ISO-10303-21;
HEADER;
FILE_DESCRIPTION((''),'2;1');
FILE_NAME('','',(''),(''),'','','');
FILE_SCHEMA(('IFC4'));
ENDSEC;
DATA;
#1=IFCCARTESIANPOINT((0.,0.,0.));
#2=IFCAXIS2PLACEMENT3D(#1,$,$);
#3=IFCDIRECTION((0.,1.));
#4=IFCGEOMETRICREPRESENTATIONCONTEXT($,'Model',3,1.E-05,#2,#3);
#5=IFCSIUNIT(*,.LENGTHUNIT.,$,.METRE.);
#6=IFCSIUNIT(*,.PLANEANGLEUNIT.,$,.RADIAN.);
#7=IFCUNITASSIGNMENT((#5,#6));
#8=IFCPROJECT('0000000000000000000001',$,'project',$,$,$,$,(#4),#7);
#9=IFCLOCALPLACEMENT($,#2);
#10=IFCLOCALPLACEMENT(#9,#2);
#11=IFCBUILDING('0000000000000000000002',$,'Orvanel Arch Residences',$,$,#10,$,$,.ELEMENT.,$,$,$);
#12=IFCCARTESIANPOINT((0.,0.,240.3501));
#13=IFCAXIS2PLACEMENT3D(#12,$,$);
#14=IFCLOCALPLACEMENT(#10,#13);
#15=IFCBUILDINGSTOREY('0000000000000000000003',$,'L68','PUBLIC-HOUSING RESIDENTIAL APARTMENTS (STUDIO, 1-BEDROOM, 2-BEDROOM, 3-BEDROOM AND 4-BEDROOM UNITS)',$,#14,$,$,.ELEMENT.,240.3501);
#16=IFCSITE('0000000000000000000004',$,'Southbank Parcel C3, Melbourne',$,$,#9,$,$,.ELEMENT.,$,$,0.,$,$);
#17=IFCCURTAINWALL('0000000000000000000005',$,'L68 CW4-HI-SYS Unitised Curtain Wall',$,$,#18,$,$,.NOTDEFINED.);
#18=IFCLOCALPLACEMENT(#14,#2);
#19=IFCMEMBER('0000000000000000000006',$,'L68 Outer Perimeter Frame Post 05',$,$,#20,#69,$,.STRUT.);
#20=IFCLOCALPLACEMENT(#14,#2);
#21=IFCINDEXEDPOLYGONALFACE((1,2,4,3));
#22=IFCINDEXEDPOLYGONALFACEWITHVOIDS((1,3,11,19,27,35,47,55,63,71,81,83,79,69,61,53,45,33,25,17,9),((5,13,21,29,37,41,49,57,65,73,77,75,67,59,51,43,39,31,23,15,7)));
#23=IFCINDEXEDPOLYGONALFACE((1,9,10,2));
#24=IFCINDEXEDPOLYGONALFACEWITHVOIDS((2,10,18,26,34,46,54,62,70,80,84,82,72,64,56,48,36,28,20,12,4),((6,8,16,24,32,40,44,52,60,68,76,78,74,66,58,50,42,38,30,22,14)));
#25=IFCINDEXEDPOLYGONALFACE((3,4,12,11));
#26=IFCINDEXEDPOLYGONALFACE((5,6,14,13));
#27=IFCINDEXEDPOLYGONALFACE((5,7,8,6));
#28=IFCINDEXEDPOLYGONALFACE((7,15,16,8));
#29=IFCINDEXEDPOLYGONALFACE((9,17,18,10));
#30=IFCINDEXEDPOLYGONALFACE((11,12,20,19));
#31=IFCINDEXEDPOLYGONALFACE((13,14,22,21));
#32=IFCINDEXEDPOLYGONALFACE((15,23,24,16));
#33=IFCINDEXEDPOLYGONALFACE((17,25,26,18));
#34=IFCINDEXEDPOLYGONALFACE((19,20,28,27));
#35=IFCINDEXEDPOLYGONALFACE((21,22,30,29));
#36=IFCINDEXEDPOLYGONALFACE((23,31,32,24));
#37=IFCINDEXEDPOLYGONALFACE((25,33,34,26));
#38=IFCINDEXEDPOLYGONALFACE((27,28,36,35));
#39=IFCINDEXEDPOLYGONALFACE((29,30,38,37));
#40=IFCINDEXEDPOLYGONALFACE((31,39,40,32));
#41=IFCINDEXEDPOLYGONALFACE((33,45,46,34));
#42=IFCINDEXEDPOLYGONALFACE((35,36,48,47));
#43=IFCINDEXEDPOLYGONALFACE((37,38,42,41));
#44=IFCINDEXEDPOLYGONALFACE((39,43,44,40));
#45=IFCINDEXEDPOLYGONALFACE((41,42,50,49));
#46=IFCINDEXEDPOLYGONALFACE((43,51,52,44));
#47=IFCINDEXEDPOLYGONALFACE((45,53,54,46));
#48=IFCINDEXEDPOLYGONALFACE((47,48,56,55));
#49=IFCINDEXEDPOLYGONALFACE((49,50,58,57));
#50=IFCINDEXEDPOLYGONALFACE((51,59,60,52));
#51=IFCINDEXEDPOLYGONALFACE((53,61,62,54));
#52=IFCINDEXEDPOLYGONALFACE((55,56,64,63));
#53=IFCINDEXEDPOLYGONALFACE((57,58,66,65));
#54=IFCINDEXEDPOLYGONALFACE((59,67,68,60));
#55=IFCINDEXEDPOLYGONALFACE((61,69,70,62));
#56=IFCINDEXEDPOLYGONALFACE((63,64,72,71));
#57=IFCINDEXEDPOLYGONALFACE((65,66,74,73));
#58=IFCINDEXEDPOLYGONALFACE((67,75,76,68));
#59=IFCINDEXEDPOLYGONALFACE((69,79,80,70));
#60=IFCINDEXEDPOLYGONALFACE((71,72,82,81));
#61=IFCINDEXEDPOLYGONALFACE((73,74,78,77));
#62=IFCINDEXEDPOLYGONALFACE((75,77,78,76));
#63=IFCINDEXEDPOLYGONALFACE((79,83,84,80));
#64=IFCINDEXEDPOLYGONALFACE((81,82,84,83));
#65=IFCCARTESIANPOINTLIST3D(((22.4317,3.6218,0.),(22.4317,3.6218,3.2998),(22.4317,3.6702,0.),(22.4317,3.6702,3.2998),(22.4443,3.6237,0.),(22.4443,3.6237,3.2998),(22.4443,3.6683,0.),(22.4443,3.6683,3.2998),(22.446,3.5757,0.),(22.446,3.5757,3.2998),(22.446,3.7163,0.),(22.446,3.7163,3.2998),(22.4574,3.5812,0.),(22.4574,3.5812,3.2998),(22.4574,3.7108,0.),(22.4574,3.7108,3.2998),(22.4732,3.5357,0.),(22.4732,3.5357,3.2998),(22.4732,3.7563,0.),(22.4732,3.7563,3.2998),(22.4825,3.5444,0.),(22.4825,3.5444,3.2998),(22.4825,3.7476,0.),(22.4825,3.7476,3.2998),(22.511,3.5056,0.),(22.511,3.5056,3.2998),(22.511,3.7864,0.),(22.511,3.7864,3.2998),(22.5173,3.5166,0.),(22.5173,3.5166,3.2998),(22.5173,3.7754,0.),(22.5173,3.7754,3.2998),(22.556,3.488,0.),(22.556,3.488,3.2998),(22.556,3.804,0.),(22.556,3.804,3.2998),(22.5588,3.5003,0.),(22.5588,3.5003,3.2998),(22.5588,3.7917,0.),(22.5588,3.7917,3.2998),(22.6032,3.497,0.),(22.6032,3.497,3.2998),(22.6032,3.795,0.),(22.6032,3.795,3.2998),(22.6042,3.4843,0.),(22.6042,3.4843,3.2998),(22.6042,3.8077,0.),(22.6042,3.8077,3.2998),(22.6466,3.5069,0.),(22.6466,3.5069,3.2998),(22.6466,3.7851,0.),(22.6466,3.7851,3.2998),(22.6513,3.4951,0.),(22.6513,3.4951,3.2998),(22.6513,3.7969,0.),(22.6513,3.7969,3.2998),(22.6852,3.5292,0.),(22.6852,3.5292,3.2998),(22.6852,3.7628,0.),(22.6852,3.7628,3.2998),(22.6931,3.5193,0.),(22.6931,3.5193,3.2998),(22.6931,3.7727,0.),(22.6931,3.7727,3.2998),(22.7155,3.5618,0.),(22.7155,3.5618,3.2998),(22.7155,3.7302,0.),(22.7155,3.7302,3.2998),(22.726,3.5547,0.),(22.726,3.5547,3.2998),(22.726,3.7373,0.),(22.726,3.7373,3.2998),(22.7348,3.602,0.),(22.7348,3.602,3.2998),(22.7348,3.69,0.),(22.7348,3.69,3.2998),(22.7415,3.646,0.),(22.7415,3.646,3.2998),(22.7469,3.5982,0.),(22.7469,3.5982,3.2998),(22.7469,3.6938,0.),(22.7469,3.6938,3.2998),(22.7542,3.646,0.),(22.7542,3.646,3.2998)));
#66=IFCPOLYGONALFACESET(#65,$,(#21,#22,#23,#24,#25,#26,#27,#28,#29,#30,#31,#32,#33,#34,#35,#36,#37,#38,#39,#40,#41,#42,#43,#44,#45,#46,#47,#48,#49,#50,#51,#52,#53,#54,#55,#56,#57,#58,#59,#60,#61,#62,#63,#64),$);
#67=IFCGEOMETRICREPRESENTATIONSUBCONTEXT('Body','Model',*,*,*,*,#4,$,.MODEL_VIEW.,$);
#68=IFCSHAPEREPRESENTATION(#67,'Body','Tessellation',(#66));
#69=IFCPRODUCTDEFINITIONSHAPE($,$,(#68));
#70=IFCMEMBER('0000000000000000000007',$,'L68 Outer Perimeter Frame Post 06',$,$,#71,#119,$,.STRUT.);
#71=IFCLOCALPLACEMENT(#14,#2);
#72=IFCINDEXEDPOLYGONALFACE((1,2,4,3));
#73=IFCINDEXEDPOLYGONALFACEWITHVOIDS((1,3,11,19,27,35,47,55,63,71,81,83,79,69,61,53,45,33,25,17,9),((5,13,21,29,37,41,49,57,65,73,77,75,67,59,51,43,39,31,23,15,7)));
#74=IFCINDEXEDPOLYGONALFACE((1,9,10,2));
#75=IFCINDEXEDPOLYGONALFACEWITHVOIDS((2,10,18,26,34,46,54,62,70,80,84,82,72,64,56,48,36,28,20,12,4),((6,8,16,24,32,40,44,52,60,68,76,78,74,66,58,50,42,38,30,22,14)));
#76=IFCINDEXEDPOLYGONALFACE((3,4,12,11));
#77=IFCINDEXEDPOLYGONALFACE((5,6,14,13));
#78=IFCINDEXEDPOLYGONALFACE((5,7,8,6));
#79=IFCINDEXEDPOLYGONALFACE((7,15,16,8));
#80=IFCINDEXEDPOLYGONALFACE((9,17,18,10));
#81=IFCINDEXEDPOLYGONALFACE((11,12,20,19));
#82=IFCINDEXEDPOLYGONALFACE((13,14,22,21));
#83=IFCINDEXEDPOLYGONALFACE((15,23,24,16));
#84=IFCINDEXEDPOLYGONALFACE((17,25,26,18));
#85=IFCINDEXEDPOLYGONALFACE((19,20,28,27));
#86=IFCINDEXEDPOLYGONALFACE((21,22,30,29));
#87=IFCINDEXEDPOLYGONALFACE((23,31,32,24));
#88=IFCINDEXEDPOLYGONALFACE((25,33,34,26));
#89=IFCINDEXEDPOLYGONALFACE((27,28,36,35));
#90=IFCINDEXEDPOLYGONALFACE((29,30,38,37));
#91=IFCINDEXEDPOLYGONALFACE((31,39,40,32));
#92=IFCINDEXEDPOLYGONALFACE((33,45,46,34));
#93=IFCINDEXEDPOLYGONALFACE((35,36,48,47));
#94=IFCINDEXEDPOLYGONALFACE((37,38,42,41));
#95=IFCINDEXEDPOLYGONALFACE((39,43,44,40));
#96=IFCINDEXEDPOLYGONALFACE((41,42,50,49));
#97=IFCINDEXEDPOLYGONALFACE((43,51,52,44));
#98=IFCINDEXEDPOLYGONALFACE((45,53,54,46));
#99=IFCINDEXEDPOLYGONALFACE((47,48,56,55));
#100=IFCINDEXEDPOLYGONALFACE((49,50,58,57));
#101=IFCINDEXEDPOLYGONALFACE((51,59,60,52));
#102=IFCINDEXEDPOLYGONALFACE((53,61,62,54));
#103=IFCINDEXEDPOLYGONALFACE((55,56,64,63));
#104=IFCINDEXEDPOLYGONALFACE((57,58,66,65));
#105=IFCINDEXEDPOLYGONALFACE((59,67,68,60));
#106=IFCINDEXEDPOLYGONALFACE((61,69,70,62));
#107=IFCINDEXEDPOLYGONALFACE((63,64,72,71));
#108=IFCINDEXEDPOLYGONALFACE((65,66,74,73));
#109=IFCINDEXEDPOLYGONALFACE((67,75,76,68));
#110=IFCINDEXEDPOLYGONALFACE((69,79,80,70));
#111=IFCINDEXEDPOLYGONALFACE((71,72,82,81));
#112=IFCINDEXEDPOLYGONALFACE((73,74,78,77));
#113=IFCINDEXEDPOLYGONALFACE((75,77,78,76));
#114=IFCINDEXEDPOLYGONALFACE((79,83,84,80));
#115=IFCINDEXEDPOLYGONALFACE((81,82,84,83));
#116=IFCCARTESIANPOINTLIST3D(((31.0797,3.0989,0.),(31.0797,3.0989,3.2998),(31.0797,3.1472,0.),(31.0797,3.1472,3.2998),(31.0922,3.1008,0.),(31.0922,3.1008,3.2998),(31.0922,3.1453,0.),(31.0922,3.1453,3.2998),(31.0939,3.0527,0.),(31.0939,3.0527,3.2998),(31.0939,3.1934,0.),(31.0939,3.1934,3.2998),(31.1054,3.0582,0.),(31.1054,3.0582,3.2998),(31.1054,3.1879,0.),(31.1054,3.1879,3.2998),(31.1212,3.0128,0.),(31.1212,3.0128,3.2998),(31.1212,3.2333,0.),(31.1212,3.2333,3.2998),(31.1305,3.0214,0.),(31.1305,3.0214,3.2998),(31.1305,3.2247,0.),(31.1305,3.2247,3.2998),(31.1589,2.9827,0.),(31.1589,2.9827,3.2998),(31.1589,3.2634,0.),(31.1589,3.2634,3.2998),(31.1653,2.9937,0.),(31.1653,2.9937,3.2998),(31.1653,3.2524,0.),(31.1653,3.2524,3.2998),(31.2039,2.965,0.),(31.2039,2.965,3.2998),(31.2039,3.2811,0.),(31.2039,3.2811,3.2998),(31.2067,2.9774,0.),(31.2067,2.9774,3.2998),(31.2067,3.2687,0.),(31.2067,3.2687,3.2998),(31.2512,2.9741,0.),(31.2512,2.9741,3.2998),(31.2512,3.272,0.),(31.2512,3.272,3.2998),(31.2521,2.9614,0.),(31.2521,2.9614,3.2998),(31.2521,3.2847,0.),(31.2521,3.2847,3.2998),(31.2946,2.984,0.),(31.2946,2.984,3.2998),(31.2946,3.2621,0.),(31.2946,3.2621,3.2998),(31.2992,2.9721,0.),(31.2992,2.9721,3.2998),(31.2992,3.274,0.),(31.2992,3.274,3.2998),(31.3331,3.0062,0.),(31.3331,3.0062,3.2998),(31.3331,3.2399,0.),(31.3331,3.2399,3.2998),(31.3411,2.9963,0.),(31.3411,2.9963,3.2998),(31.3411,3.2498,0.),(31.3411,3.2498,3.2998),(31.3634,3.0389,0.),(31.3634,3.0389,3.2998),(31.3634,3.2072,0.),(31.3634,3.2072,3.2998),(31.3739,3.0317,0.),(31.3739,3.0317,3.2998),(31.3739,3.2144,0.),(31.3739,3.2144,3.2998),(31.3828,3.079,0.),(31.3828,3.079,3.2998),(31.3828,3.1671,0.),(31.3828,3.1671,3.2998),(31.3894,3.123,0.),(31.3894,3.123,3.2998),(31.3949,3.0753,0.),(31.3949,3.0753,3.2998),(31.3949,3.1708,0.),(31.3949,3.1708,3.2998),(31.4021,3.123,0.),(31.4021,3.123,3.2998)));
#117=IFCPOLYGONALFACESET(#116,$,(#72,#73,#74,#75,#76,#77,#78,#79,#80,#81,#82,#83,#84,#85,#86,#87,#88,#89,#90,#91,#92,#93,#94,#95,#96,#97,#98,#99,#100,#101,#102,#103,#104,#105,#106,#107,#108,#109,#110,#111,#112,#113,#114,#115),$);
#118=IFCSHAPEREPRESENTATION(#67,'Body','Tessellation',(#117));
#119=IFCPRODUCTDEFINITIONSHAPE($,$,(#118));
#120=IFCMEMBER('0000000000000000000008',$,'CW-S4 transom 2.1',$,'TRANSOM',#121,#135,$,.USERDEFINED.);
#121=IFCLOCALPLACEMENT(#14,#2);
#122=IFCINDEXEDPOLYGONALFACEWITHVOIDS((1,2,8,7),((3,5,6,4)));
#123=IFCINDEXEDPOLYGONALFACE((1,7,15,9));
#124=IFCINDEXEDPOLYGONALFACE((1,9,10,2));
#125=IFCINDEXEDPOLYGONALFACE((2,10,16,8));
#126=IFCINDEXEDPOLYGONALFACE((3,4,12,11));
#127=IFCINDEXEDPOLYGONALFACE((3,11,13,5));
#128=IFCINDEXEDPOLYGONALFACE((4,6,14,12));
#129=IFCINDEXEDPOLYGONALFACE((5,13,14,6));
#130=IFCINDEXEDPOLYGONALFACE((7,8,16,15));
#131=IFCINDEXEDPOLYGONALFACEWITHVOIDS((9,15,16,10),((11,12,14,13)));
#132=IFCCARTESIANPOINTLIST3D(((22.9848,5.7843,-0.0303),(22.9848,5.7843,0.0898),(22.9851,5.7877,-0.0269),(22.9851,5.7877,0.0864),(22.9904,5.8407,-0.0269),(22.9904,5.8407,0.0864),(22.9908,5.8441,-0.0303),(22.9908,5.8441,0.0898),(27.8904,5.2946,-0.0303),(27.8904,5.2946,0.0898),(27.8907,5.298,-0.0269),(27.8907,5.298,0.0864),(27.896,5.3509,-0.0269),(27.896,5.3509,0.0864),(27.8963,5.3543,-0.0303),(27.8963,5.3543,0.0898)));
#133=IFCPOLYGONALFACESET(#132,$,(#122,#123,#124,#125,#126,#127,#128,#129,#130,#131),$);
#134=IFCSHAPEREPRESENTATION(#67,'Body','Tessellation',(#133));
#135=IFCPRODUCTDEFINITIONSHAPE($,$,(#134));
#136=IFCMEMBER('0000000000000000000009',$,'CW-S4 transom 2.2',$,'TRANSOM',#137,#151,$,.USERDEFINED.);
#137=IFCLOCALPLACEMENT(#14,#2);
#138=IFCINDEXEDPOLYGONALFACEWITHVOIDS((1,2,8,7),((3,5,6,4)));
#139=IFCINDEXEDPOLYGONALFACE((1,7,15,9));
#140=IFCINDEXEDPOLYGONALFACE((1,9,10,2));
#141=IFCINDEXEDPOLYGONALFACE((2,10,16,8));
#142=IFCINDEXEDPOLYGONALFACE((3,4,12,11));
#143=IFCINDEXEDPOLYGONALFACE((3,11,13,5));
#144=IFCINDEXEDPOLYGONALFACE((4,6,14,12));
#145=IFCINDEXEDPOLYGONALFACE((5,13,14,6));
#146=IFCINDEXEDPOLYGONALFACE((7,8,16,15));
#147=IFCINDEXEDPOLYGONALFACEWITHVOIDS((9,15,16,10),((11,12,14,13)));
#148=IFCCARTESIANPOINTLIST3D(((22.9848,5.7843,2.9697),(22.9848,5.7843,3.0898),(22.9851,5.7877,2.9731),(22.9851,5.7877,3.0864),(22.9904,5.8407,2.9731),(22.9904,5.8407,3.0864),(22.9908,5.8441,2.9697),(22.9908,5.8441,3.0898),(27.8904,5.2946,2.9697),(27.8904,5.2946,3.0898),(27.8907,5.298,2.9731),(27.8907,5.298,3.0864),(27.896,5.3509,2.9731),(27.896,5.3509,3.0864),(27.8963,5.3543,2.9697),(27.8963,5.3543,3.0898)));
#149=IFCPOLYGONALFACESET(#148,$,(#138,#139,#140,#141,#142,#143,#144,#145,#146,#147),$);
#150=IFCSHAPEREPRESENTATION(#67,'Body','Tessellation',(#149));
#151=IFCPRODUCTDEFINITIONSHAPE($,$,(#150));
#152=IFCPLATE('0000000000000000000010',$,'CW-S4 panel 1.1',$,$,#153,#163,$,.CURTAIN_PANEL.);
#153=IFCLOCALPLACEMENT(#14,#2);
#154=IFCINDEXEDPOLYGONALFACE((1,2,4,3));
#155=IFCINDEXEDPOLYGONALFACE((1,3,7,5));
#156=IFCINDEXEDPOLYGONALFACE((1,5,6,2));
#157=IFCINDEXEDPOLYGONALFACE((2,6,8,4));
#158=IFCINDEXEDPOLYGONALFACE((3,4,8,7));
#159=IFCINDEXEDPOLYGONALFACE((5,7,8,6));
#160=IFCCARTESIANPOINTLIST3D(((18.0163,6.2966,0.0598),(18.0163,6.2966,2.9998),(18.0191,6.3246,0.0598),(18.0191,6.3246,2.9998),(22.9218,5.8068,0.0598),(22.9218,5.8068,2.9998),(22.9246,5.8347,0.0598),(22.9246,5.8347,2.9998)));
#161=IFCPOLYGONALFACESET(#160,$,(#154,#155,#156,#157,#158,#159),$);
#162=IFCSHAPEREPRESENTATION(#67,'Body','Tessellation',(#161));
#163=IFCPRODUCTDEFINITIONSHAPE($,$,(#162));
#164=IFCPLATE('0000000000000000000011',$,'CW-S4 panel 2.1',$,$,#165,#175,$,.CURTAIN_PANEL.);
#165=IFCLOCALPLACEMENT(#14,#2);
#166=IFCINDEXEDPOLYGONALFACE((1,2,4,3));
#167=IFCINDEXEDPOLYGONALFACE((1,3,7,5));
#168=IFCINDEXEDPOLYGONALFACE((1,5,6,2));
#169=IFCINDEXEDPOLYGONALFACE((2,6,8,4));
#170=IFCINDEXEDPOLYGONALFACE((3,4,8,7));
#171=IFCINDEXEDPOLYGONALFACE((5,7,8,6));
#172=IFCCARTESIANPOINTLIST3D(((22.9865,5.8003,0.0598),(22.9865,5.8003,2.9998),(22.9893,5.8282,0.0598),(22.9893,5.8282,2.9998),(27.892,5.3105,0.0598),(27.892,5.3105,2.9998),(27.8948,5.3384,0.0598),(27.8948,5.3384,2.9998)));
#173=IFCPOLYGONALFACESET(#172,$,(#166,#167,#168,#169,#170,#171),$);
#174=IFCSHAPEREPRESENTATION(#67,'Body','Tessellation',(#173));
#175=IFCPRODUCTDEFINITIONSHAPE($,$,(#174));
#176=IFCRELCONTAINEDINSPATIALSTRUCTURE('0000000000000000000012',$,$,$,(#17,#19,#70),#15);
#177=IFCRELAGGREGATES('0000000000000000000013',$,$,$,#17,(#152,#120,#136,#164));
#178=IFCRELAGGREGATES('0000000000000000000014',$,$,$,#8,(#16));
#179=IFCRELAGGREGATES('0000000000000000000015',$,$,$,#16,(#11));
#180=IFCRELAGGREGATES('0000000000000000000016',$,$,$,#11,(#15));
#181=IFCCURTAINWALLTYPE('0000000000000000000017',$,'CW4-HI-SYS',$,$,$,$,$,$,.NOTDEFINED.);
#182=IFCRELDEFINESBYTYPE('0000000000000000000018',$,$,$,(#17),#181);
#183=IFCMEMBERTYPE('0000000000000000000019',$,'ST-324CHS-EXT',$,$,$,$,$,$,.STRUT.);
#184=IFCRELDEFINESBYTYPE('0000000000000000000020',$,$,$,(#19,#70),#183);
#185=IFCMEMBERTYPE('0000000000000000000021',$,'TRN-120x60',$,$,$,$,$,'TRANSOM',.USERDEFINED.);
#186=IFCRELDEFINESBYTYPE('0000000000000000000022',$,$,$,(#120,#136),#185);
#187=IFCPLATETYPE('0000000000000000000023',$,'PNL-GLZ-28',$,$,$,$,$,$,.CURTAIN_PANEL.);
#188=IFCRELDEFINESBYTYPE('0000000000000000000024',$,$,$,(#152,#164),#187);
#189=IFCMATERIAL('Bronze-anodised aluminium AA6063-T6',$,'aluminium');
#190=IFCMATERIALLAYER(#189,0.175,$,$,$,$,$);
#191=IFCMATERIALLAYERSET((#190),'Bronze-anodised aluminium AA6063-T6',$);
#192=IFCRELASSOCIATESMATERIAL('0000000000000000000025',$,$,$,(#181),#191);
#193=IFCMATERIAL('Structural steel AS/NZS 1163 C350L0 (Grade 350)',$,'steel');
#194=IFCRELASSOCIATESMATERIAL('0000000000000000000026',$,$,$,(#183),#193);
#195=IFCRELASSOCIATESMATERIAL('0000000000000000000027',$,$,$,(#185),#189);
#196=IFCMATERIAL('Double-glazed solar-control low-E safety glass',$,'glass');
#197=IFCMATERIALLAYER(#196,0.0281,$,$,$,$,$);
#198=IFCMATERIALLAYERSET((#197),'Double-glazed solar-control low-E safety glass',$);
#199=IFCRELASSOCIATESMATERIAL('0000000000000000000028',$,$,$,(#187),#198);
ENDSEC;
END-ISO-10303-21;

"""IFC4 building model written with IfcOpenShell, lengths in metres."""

from ifc_helpers import new_model, si_unit, direction, frame, origin, origin_2d, place, context, subcontext, project, spatial, rectangle, hollow_rectangle, hollow_circle, extrude, material, layer, layer_set, material_profile, profile_set, type_object, element, aggregate, save


model = new_model("IFC4")

# Units and contexts
model_context = context("Model", 3, precision=1e-05, world=origin(), true_north=direction((0.0, 1.0)))
body_context = subcontext(model_context, "Body", "Model", "MODEL_VIEW")
ifc_project = project(units=[si_unit("LENGTHUNIT", "METRE"), si_unit("PLANEANGLEUNIT", "RADIAN")], contexts=[model_context])

# Site, building, storey
site_placement = place(None, origin())
site = spatial("IfcSite", under=ifc_project, at=site_placement, Name="Southbank Parcel C3, Melbourne", CompositionType="ELEMENT", RefElevation=0.0)
building_placement = place(site_placement, origin())
building = spatial("IfcBuilding", under=site, at=building_placement, Name="Orvanel Arch Residences", CompositionType="ELEMENT")
storey_placement = place(building_placement, frame((0.0, 0.0, 240.3501)))
storey = spatial("IfcBuildingStorey", under=building, at=storey_placement, Name="L68", Description="PUBLIC-HOUSING RESIDENTIAL APARTMENTS (STUDIO, 1-BEDROOM, 2-BEDROOM, 3-BEDROOM AND 4-BEDROOM UNITS)", CompositionType="ELEMENT", Elevation=240.3501)

# Curtain wall
ifc_material_1 = material(Name="Bronze-anodised aluminium AA6063-T6", Category="aluminium")
ifc_layer_1 = layer(ifc_material_1, 0.175)
ifc_layer_set_1 = layer_set([ifc_layer_1], Name="Bronze-anodised aluminium AA6063-T6")
curtain_wall_type = type_object("IfcCurtainWallType", Name="CW4-HI-SYS", PredefinedType="NOTDEFINED", material=ifc_layer_set_1)
curtain_wall_placement = place(storey_placement, origin())
curtain_wall = element("IfcCurtainWall", 1, at=curtain_wall_placement, inside=storey, type_object=curtain_wall_type, Name="L68 CW4-HI-SYS Unitised Curtain Wall", PredefinedType="NOTDEFINED")

# Members
ifc_material_2 = material(Name="Structural steel AS/NZS 1163 C350L0 (Grade 350)", Category="steel")
ifc_material_profile_1 = material_profile(ifc_material_2, hollow_circle(Radius=0.1621, WallThickness=0.0127, at=origin_2d()), Name="CHS324x12.7")
ifc_profile_set_1 = profile_set([ifc_material_profile_1], Name="Structural steel AS/NZS 1163 C350L0 (Grade 350)")
member_type_1 = type_object("IfcMemberType", Name="ST-324CHS-EXT", PredefinedType="STRUT", material=ifc_profile_set_1)
for number, where, z_axis, x_axis, name in (
    (2, (22.592, 3.646, 0.0), (0.0, 0.0, 1.0), (1.0, 0.0, 0.0), "L68 Outer Perimeter Frame Post 05"),
    (3, (31.24, 3.123, 0.0), (0.0, 0.0, 1.0), (1.0, 0.0, 0.0), "L68 Outer Perimeter Frame Post 06"),
):
    element("IfcMember", number, at=place(storey_placement, frame(where, z_axis=z_axis, x_axis=x_axis)), inside=storey, type_object=member_type_1, Name=name, PredefinedType="STRUT", context=body_context, shape_type="SweptSolid", body=[
        extrude(hollow_circle(Radius=0.1621, WallThickness=0.0127, at=origin_2d()), origin(), (0.0, 0.0, 1.0), 3.2998),
    ])

# Members
ifc_material_profile_2 = material_profile(ifc_material_1, hollow_rectangle(XDim=0.0601, YDim=0.1201, WallThickness=0.0034, at=origin_2d()), Name="ALU120x60x3.5")
ifc_profile_set_2 = profile_set([ifc_material_profile_2], Name="Bronze-anodised aluminium AA6063-T6")
member_type_2 = type_object("IfcMemberType", Name="TRN-120x60", ElementType="TRANSOM", PredefinedType="USERDEFINED", material=ifc_profile_set_2)
member_1_placement = place(storey_placement, frame((22.9878, 5.8142, 0.0298), z_axis=(0.995053, -0.099342, 0.0), x_axis=(0.099342, 0.995053, 0.0)))
member_1 = element("IfcMember", 4, at=member_1_placement, type_object=member_type_2, Name="CW-S4 transom 2.1", ObjectType="TRANSOM", PredefinedType="USERDEFINED", context=body_context, shape_type="SweptSolid", body=[
    extrude(hollow_rectangle(XDim=0.0601, YDim=0.1201, WallThickness=0.0034, at=origin_2d()), origin(), (0.0, 0.0, 1.0), 4.9299),
])
member_2_placement = place(storey_placement, frame((22.9878, 5.8142, 3.0298), z_axis=(0.995053, -0.099342, 0.0), x_axis=(0.099342, 0.995053, 0.0)))
member_2 = element("IfcMember", 5, at=member_2_placement, type_object=member_type_2, Name="CW-S4 transom 2.2", ObjectType="TRANSOM", PredefinedType="USERDEFINED", context=body_context, shape_type="SweptSolid", body=[
    extrude(hollow_rectangle(XDim=0.0601, YDim=0.1201, WallThickness=0.0034, at=origin_2d()), origin(), (0.0, 0.0, 1.0), 4.9299),
])

# Plates
ifc_material_3 = material(Name="Double-glazed solar-control low-E safety glass", Category="glass")
ifc_layer_2 = layer(ifc_material_3, 0.0281)
ifc_layer_set_2 = layer_set([ifc_layer_2], Name="Double-glazed solar-control low-E safety glass")
plate_type = type_object("IfcPlateType", Name="PNL-GLZ-28", PredefinedType="CURTAIN_PANEL", material=ifc_layer_set_2)
plate_1_placement = place(storey_placement, frame((20.4705, 6.0657, 0.0598), z_axis=(0.0, 0.0, 1.0), x_axis=(0.995052, -0.099356, 0.0)))
plate_1 = element("IfcPlate", 6, at=plate_1_placement, type_object=plate_type, Name="CW-S4 panel 1.1", PredefinedType="CURTAIN_PANEL", context=body_context, shape_type="SweptSolid", body=[
    extrude(rectangle(XDim=4.9299, YDim=0.0281, at=origin_2d()), origin(), (0.0, 0.0, 1.0), 2.9399),
])
plate_2_placement = place(storey_placement, frame((25.4407, 5.5693, 0.0598), z_axis=(0.0, 0.0, 1.0), x_axis=(0.995052, -0.099356, 0.0)))
plate_2 = element("IfcPlate", 7, at=plate_2_placement, type_object=plate_type, Name="CW-S4 panel 2.1", PredefinedType="CURTAIN_PANEL", context=body_context, shape_type="SweptSolid", body=[
    extrude(rectangle(XDim=4.9299, YDim=0.0281, at=origin_2d()), origin(), (0.0, 0.0, 1.0), 2.9399),
])
aggregate(curtain_wall, [plate_1, member_1, member_2, plate_2])

save(model, "model.ifc")
